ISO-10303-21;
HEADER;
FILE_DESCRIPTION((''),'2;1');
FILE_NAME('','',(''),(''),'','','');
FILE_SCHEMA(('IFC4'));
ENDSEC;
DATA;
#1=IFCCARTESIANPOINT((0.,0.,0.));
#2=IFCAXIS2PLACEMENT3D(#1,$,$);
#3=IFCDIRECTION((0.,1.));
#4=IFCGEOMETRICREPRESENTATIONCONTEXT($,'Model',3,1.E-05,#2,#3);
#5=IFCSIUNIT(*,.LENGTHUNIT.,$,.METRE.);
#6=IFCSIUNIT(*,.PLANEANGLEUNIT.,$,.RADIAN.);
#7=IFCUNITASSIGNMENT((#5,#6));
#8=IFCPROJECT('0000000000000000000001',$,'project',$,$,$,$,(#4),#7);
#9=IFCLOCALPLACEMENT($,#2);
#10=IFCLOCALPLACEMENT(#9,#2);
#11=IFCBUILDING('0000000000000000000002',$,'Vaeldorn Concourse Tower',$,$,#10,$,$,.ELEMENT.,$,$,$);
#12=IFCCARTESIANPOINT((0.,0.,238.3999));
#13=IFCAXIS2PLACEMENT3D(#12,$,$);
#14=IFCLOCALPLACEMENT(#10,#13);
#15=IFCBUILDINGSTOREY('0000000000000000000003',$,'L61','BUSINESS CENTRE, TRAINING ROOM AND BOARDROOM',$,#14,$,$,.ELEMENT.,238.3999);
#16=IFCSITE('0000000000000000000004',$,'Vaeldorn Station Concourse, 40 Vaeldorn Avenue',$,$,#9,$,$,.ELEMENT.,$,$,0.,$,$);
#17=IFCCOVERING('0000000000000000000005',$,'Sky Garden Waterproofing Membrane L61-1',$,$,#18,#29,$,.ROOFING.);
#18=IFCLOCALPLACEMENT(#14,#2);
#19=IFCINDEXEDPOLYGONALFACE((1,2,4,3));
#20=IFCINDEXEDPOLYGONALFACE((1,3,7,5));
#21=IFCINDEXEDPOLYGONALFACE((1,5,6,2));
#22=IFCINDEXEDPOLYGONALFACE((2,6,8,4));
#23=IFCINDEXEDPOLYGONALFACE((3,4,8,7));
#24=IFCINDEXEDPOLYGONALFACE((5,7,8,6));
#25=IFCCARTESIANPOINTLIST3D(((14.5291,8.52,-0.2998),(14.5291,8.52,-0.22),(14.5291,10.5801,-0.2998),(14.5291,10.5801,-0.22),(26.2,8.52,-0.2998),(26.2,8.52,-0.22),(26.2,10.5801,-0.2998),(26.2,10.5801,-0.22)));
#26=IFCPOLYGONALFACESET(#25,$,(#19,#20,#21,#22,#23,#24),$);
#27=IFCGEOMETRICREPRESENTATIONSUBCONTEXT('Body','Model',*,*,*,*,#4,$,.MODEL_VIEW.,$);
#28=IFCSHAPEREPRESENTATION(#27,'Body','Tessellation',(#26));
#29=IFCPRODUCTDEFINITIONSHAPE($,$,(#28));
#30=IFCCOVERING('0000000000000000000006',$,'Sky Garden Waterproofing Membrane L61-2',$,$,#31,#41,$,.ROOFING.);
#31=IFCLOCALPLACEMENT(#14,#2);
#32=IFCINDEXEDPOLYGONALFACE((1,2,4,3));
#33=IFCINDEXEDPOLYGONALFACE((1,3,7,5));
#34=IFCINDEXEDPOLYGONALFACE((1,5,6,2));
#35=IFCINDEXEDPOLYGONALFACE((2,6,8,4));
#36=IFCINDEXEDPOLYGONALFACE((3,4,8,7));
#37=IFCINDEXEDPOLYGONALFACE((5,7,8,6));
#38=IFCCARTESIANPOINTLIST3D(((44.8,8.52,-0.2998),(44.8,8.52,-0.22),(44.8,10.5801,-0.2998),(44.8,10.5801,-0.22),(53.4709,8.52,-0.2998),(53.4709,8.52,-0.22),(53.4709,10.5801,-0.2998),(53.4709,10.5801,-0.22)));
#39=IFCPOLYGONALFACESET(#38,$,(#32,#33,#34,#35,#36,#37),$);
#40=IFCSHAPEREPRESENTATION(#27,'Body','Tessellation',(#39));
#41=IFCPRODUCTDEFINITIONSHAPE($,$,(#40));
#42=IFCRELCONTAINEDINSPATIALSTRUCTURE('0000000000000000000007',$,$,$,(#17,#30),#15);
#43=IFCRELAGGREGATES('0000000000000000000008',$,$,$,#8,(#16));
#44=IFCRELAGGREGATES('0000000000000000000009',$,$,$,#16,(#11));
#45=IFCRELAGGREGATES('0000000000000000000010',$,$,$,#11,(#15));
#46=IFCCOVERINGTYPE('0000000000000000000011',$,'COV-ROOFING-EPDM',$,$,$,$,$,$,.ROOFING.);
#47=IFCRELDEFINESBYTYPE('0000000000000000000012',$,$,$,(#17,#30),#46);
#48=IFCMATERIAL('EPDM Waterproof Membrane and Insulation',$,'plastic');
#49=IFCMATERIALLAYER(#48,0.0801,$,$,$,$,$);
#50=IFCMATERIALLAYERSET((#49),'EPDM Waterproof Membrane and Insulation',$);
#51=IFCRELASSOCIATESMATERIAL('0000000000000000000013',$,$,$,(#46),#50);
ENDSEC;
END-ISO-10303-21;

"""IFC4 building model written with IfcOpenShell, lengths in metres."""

from ifc_helpers import new_model, si_unit, direction, frame, origin, place, context, subcontext, project, spatial, polyline, outline, extrude, material, layer, layer_set, type_object, element, save


model = new_model("IFC4")

# Units and contexts
model_context = context("Model", 3, precision=1e-05, world=origin(), true_north=direction((0.0, 1.0)))
body_context = subcontext(model_context, "Body", "Model", "MODEL_VIEW")
ifc_project = project(units=[si_unit("LENGTHUNIT", "METRE"), si_unit("PLANEANGLEUNIT", "RADIAN")], contexts=[model_context])

# Site, building, storey
site_placement = place(None, origin())
site = spatial("IfcSite", under=ifc_project, at=site_placement, Name="Vaeldorn Station Concourse, 40 Vaeldorn Avenue", CompositionType="ELEMENT", RefElevation=0.0)
building_placement = place(site_placement, origin())
building = spatial("IfcBuilding", under=site, at=building_placement, Name="Vaeldorn Concourse Tower", CompositionType="ELEMENT")
storey_placement = place(building_placement, frame((0.0, 0.0, 238.3999)))
storey = spatial("IfcBuildingStorey", under=building, at=storey_placement, Name="L61", Description="BUSINESS CENTRE, TRAINING ROOM AND BOARDROOM", CompositionType="ELEMENT", Elevation=238.3999)

# Coverings
ifc_material_1 = material(Name="EPDM Waterproof Membrane and Insulation", Category="plastic")
ifc_layer_1 = layer(ifc_material_1, 0.0801)
ifc_layer_set_1 = layer_set([ifc_layer_1], Name="EPDM Waterproof Membrane and Insulation")
covering_type_1 = type_object("IfcCoveringType", Name="COV-ROOFING-EPDM", PredefinedType="ROOFING", material=ifc_layer_set_1)
covering_1_placement = place(storey_placement, frame((0.0, 0.0, -0.2998)))
element("IfcCovering", 1, at=covering_1_placement, inside=storey, type_object=covering_type_1, Name="Sky Garden Waterproofing Membrane L61-1", PredefinedType="ROOFING", context=body_context, shape_type="SweptSolid", body=[
    extrude(outline(polyline([(14.5291, 8.52), (26.2, 8.52), (26.2, 10.5801), (14.5291, 10.5801), (14.5291, 8.52)])), origin(), (0.0, 0.0, 1.0), 0.0798),
])
covering_2_placement = place(storey_placement, frame((0.0, 0.0, -0.2998)))
element("IfcCovering", 2, at=covering_2_placement, inside=storey, type_object=covering_type_1, Name="Sky Garden Waterproofing Membrane L61-2", PredefinedType="ROOFING", context=body_context, shape_type="SweptSolid", body=[
    extrude(outline(polyline([(44.8, 8.52), (53.4709, 8.52), (53.4709, 10.5801), (44.8, 10.5801), (44.8, 8.52)])), origin(), (0.0, 0.0, 1.0), 0.0798),
])

save(model, "model.ifc")
